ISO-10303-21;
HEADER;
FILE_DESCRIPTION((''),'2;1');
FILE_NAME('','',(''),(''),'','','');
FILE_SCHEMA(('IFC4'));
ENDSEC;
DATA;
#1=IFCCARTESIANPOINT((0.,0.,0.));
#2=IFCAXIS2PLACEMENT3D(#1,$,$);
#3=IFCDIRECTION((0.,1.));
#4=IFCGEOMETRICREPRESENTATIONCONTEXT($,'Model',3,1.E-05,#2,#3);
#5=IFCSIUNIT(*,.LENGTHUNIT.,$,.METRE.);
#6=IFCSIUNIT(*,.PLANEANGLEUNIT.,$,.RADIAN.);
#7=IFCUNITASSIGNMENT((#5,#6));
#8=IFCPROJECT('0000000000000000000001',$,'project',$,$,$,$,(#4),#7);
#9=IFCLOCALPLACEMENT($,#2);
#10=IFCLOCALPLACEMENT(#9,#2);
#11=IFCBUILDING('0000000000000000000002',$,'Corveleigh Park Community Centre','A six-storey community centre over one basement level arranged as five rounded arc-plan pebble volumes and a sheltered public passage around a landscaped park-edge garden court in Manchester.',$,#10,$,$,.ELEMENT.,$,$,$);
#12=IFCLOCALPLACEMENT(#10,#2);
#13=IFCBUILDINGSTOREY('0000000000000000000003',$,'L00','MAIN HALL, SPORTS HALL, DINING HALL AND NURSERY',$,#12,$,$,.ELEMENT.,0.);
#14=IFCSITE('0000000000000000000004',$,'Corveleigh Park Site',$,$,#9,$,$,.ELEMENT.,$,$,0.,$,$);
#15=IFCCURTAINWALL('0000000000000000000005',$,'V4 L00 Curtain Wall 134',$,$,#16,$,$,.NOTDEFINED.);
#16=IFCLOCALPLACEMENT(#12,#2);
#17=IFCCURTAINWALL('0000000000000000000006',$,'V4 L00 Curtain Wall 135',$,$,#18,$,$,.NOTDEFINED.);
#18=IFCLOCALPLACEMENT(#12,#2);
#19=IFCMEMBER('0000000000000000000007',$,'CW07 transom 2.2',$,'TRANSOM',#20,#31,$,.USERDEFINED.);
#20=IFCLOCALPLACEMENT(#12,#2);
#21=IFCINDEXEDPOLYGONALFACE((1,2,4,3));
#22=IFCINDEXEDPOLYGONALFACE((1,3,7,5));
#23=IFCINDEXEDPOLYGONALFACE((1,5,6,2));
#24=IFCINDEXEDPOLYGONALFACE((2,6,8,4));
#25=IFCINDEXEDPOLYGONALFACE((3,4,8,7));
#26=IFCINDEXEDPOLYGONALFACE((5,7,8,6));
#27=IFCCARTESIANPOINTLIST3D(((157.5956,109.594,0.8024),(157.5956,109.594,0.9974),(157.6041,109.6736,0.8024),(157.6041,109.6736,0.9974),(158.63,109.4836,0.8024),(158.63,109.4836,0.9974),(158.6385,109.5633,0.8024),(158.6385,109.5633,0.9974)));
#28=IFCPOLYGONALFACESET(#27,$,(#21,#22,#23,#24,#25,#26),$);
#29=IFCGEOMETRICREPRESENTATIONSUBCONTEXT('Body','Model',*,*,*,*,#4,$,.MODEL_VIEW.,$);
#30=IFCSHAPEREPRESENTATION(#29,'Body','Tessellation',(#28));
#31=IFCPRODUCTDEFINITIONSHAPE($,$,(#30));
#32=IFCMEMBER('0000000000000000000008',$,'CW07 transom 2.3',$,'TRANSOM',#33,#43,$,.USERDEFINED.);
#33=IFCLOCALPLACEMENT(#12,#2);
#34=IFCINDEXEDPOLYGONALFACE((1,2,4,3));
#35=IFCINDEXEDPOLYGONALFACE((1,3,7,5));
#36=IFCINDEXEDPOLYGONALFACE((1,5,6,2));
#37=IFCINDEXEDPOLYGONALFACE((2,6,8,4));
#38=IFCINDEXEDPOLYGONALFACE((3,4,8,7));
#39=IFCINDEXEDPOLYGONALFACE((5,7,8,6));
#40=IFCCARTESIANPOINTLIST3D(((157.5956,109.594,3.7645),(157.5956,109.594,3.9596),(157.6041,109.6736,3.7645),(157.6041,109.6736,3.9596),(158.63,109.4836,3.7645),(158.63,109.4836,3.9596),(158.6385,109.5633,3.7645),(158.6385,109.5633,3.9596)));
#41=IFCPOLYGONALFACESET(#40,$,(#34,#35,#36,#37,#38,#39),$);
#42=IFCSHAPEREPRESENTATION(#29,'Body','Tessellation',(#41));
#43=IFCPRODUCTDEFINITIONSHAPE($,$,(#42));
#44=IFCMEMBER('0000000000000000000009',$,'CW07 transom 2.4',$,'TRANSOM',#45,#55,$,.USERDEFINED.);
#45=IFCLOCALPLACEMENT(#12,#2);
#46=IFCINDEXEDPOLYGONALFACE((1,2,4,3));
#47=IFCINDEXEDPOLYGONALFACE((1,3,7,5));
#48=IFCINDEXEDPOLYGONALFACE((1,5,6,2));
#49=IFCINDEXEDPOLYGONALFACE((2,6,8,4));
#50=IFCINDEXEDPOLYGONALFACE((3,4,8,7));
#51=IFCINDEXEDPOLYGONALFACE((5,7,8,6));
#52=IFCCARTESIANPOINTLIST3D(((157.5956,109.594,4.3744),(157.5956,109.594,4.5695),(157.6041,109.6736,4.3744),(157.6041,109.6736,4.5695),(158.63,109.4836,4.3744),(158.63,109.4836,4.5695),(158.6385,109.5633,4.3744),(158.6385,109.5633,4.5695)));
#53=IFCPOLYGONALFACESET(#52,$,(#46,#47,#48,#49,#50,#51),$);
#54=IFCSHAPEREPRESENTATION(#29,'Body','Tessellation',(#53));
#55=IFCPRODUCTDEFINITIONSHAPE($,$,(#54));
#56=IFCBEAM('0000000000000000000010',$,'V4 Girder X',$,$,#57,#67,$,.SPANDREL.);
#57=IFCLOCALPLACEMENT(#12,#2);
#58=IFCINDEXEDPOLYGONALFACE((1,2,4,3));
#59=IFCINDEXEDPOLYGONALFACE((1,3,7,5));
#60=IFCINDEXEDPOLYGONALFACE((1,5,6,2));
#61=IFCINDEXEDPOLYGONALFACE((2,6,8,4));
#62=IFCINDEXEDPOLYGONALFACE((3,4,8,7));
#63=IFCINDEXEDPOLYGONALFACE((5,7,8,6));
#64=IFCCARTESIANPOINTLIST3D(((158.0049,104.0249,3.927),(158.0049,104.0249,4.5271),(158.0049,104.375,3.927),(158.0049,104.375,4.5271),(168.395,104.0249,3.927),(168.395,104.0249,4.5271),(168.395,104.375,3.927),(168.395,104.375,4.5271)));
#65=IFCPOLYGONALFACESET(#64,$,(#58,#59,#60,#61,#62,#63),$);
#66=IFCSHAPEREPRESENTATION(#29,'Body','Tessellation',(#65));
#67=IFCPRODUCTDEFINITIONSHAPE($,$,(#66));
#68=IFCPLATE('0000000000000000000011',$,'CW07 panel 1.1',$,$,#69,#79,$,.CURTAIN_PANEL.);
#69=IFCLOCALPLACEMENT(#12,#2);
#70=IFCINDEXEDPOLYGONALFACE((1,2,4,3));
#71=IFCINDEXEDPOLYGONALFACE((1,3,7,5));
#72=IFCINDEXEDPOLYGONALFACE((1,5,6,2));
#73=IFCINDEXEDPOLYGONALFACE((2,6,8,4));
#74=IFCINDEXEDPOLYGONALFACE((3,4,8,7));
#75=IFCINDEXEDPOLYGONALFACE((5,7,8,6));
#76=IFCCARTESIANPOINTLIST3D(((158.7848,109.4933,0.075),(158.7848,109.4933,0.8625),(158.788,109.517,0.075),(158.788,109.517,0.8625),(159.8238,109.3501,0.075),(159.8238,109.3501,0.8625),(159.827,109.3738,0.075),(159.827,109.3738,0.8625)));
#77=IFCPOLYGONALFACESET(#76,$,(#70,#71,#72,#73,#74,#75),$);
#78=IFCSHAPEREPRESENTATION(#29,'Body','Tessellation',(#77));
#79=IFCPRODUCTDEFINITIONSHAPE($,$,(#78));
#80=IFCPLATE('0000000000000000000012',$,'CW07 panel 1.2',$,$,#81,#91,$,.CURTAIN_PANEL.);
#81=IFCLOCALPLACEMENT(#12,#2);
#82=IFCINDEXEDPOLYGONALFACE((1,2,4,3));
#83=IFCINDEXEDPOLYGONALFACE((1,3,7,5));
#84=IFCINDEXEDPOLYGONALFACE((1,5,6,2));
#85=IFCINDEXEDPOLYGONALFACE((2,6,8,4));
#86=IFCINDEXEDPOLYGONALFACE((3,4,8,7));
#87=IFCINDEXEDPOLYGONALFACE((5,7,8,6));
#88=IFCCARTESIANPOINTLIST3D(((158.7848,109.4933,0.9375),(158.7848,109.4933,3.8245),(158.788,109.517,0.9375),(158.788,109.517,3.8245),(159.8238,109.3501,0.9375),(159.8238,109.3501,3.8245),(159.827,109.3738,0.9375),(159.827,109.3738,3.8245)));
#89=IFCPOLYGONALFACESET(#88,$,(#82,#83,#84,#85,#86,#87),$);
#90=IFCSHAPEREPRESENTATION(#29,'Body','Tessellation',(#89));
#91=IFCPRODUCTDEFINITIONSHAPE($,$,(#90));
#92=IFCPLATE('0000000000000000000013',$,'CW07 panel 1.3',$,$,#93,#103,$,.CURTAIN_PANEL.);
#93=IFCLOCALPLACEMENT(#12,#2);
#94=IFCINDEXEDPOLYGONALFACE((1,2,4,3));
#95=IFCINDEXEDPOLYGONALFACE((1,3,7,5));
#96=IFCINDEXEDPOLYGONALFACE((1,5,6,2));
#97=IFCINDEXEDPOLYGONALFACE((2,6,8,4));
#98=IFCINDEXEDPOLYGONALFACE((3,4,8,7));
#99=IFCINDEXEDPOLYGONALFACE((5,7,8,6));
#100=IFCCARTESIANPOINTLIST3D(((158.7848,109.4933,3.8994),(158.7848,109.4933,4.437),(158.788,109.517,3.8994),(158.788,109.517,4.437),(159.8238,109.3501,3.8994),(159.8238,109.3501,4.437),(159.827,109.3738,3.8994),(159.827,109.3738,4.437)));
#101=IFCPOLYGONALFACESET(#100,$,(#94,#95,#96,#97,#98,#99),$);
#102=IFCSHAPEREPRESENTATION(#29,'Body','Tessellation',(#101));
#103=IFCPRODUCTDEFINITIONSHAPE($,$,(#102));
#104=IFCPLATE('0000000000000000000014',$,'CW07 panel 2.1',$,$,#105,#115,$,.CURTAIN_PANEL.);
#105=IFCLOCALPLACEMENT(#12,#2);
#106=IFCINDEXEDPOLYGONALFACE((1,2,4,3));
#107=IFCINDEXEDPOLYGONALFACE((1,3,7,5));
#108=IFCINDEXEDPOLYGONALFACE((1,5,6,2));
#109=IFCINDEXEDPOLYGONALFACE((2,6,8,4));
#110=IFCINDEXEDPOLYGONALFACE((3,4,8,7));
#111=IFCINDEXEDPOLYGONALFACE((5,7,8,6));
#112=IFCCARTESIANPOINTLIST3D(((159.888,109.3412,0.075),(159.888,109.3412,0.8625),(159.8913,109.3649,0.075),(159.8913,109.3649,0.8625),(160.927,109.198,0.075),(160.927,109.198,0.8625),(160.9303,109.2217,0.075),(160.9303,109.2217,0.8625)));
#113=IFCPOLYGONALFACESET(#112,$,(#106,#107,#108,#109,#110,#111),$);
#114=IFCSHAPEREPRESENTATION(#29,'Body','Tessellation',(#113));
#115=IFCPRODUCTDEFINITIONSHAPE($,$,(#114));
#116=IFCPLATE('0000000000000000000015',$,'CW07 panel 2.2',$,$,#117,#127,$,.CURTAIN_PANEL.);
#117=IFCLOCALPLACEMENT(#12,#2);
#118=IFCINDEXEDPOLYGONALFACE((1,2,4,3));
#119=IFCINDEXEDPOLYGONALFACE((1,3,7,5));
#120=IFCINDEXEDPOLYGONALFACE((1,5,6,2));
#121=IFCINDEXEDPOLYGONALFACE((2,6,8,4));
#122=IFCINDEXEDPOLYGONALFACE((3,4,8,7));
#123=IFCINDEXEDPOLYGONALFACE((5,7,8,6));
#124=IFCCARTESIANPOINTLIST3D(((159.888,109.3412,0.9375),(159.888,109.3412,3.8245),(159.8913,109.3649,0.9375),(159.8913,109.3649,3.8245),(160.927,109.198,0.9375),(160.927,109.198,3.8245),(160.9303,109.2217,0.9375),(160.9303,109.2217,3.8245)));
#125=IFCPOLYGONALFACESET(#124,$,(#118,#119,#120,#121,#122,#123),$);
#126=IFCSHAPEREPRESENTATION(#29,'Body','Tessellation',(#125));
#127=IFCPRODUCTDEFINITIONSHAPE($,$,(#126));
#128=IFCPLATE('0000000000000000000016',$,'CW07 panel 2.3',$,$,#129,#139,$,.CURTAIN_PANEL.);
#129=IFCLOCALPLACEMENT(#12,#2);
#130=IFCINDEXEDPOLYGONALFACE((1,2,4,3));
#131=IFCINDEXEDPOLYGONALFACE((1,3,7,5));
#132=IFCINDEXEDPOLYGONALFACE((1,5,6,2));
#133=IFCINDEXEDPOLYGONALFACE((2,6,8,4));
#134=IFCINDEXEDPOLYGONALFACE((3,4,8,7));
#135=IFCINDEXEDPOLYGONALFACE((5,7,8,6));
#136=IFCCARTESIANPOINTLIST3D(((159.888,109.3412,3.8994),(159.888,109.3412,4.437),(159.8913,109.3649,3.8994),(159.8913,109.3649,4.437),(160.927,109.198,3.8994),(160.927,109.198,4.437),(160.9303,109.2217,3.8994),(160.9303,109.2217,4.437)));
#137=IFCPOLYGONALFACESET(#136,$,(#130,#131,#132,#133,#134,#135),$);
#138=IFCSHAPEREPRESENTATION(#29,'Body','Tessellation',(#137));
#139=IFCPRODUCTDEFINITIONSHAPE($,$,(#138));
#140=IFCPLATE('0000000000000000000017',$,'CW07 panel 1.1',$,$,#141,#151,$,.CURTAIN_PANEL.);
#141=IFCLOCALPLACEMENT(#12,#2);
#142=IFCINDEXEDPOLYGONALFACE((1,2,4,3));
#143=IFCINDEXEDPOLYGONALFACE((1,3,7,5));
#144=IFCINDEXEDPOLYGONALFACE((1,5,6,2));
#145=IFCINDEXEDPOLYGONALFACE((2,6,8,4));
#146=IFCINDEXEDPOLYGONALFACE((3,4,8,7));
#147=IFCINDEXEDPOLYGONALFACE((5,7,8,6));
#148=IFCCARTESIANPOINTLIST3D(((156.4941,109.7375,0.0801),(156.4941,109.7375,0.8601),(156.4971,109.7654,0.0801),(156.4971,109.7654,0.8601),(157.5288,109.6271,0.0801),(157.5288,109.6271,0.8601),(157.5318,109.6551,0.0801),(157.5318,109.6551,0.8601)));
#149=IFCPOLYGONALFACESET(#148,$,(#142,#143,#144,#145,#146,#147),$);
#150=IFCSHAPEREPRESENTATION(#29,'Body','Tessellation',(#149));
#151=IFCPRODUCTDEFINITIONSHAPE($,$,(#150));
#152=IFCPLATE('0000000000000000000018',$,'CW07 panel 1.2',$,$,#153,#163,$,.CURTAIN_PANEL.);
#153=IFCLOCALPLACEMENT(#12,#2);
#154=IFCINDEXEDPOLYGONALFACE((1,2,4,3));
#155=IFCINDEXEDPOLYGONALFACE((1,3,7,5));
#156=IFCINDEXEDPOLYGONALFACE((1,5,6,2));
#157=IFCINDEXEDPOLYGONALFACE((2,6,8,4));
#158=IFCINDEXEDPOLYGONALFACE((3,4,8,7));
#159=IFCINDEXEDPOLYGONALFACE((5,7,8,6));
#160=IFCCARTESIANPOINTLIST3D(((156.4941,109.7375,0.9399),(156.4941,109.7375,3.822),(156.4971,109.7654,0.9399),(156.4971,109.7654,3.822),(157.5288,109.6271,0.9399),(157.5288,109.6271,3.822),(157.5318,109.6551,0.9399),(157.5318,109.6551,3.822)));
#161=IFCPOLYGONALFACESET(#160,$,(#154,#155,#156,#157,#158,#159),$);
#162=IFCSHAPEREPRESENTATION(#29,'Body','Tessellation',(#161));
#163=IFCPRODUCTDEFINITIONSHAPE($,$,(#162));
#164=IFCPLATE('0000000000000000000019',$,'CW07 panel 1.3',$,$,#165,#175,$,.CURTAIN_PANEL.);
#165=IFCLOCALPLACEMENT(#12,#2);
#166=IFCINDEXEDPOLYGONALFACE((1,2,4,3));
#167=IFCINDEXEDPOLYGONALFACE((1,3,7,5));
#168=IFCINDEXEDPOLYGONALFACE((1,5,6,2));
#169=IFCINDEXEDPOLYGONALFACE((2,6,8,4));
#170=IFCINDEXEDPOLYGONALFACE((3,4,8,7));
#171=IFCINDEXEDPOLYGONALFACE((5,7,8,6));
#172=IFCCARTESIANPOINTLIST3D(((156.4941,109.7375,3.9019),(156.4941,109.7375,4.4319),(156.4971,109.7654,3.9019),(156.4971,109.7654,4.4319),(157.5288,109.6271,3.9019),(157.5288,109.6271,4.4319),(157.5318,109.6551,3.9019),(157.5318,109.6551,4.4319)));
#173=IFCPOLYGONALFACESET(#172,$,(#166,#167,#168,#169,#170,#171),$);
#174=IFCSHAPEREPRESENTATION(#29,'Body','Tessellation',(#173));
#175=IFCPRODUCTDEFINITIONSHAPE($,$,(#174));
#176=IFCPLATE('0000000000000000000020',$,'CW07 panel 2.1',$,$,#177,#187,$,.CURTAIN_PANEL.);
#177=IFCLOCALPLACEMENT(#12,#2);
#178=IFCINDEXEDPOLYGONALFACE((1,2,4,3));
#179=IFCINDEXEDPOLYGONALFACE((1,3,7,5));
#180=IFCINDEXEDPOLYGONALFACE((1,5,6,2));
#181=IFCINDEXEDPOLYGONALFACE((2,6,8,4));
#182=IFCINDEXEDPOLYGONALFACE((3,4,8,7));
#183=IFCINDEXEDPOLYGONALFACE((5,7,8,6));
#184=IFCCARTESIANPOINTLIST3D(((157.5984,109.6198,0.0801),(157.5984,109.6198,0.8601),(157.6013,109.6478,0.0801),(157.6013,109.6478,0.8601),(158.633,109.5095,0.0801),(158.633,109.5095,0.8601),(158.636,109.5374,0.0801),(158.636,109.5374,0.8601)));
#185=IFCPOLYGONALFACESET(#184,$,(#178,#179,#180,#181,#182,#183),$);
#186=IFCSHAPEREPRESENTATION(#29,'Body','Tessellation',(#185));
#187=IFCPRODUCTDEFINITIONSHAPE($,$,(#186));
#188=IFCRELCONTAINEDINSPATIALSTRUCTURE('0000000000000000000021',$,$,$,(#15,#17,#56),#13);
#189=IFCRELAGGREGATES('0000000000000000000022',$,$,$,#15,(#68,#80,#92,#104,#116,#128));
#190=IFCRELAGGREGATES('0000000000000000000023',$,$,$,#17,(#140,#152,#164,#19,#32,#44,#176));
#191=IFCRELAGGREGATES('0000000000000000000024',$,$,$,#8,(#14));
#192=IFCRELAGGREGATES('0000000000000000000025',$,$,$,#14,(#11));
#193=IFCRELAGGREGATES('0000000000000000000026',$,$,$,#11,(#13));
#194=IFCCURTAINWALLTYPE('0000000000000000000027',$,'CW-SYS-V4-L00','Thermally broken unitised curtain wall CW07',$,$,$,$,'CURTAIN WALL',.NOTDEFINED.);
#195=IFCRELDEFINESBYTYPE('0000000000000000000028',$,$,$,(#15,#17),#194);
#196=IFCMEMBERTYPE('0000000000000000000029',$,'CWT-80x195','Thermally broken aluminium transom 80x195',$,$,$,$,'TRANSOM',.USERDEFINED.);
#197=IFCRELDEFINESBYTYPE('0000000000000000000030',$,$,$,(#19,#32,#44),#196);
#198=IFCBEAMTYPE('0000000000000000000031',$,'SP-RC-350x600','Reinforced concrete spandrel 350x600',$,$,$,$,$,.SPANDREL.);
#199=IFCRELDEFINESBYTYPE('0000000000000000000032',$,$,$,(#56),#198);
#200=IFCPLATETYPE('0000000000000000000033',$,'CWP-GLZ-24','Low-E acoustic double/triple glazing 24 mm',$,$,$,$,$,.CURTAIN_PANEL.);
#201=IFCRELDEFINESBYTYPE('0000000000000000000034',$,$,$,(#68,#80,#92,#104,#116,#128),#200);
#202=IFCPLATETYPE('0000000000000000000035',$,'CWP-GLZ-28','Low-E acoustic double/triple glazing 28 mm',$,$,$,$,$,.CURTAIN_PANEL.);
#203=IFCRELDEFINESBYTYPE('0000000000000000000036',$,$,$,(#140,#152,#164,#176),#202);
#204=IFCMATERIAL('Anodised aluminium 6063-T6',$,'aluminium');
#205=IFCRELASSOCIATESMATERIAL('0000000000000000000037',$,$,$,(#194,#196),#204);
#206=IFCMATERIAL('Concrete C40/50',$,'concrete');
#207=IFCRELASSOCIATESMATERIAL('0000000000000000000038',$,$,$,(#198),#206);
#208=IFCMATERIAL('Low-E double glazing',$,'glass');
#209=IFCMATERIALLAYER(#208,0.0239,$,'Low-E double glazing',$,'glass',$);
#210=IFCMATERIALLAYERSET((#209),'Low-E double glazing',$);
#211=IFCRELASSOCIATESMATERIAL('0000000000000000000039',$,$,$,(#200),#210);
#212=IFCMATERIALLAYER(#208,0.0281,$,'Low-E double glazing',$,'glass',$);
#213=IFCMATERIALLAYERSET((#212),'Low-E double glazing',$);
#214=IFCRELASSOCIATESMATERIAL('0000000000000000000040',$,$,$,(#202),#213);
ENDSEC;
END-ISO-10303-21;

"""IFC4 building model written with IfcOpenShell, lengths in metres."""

from ifc_helpers import new_model, si_unit, direction, frame, origin, origin_2d, place, context, subcontext, project, spatial, rectangle, extrude, material, layer, layer_set, material_profile, profile_set, type_object, element, aggregate, save


model = new_model("IFC4")

# Units and contexts
model_context = context("Model", 3, precision=1e-05, world=origin(), true_north=direction((0.0, 1.0)))
body_context = subcontext(model_context, "Body", "Model", "MODEL_VIEW")
ifc_project = project(units=[si_unit("LENGTHUNIT", "METRE"), si_unit("PLANEANGLEUNIT", "RADIAN")], contexts=[model_context])

# Site, building, storey
site_placement = place(None, origin())
site = spatial("IfcSite", under=ifc_project, at=site_placement, Name="Corveleigh Park Site", CompositionType="ELEMENT", RefElevation=0.0)
building_placement = place(site_placement, origin())
building = spatial("IfcBuilding", under=site, at=building_placement, Name="Corveleigh Park Community Centre", Description="A six-storey community centre over one basement level arranged as five rounded arc-plan pebble volumes and a sheltered public passage around a landscaped park-edge garden court in Manchester.", CompositionType="ELEMENT")
storey_placement = place(building_placement, origin())
storey = spatial("IfcBuildingStorey", under=building, at=storey_placement, Name="L00", Description="MAIN HALL, SPORTS HALL, DINING HALL AND NURSERY", CompositionType="ELEMENT", Elevation=0.0)

# Shared definitions
ifc_material_1 = material(Name="Concrete C40/50", Category="concrete")

# Curtain walls
ifc_material_2 = material(Name="Anodised aluminium 6063-T6", Category="aluminium")
curtain_wall_type = type_object("IfcCurtainWallType", Name="CW-SYS-V4-L00", Description="Thermally broken unitised curtain wall CW07", ElementType="CURTAIN WALL", PredefinedType="NOTDEFINED", material=ifc_material_2)
curtain_wall_1_placement = place(storey_placement, origin())
curtain_wall_1 = element("IfcCurtainWall", 1, at=curtain_wall_1_placement, inside=storey, type_object=curtain_wall_type, Name="V4 L00 Curtain Wall 134", PredefinedType="NOTDEFINED")
curtain_wall_2_placement = place(storey_placement, origin())
curtain_wall_2 = element("IfcCurtainWall", 2, at=curtain_wall_2_placement, inside=storey, type_object=curtain_wall_type, Name="V4 L00 Curtain Wall 135", PredefinedType="NOTDEFINED")

# Members
ifc_material_profile_1 = material_profile(ifc_material_2, rectangle(XDim=0.0801, YDim=0.1951, at=origin_2d()), Name="ALU-T80x195", Category="aluminium")
ifc_profile_set_1 = profile_set([ifc_material_profile_1], Name="Anodised aluminium 6063-T6")
member_type_1 = type_object("IfcMemberType", Name="CWT-80x195", Description="Thermally broken aluminium transom 80x195", ElementType="TRANSOM", PredefinedType="USERDEFINED", material=ifc_profile_set_1)
member_1_placement = place(storey_placement, frame((157.5999, 109.6338, 0.8999), z_axis=(0.994358, -0.106077, 0.0), x_axis=(0.106077, 0.994358, 0.0)))
member_1 = element("IfcMember", 3, at=member_1_placement, type_object=member_type_1, Name="CW07 transom 2.2", ObjectType="TRANSOM", PredefinedType="USERDEFINED", context=body_context, shape_type="SweptSolid", body=[
    extrude(rectangle(XDim=0.0801, YDim=0.1951, at=origin_2d()), origin(), (0.0, 0.0, 1.0), 1.0403),
])
member_2_placement = place(storey_placement, frame((157.5999, 109.6338, 3.8621), z_axis=(0.994358, -0.106077, 0.0), x_axis=(0.106077, 0.994358, 0.0)))
member_2 = element("IfcMember", 4, at=member_2_placement, type_object=member_type_1, Name="CW07 transom 2.3", ObjectType="TRANSOM", PredefinedType="USERDEFINED", context=body_context, shape_type="SweptSolid", body=[
    extrude(rectangle(XDim=0.0801, YDim=0.1951, at=origin_2d()), origin(), (0.0, 0.0, 1.0), 1.0403),
])
member_3_placement = place(storey_placement, frame((157.5999, 109.6338, 4.4719), z_axis=(0.994358, -0.106077, 0.0), x_axis=(0.106077, 0.994358, 0.0)))
member_3 = element("IfcMember", 5, at=member_3_placement, type_object=member_type_1, Name="CW07 transom 2.4", ObjectType="TRANSOM", PredefinedType="USERDEFINED", context=body_context, shape_type="SweptSolid", body=[
    extrude(rectangle(XDim=0.0801, YDim=0.1951, at=origin_2d()), origin(), (0.0, 0.0, 1.0), 1.0403),
])

# Beam
ifc_material_profile_2 = material_profile(ifc_material_1, rectangle(XDim=0.3501, YDim=0.6001, at=origin_2d()), Name="RC-350x600", Category="concrete")
ifc_profile_set_2 = profile_set([ifc_material_profile_2], Name="Concrete C40/50")
beam_type = type_object("IfcBeamType", Name="SP-RC-350x600", Description="Reinforced concrete spandrel 350x600", PredefinedType="SPANDREL", material=ifc_profile_set_2)
beam_placement = place(storey_placement, frame((158.0049, 104.2, 4.2271), z_axis=(1.0, 0.0, 0.0), x_axis=(0.0, 1.0, 0.0)))
element("IfcBeam", 6, at=beam_placement, inside=storey, type_object=beam_type, Name="V4 Girder X", PredefinedType="SPANDREL", context=body_context, shape_type="SweptSolid", body=[
    extrude(rectangle(XDim=0.3501, YDim=0.6001, at=origin_2d()), origin(), (0.0, 0.0, 1.0), 10.3901),
])

# Plates
ifc_material_3 = material(Name="Low-E double glazing", Category="glass")
ifc_layer_1 = layer(ifc_material_3, 0.0239, Name="Low-E double glazing", Category="glass")
ifc_layer_set_1 = layer_set([ifc_layer_1], Name="Low-E double glazing")
plate_type_1 = type_object("IfcPlateType", Name="CWP-GLZ-24", Description="Low-E acoustic double/triple glazing 24 mm", PredefinedType="CURTAIN_PANEL", material=ifc_layer_set_1)
plate_1_placement = place(storey_placement, frame((159.3059, 109.4336, 0.075), z_axis=(0.0, 0.0, 1.0), x_axis=(0.990635, -0.136534, 0.0)))
plate_1 = element("IfcPlate", 7, at=plate_1_placement, type_object=plate_type_1, Name="CW07 panel 1.1", PredefinedType="CURTAIN_PANEL", context=body_context, shape_type="SweptSolid", body=[
    extrude(rectangle(XDim=1.0488, YDim=0.0239, at=origin_2d()), origin(), (0.0, 0.0, 1.0), 0.7876),
])
plate_2_placement = place(storey_placement, frame((159.3059, 109.4336, 0.9375), z_axis=(0.0, 0.0, 1.0), x_axis=(0.990635, -0.136534, 0.0)))
plate_2 = element("IfcPlate", 8, at=plate_2_placement, type_object=plate_type_1, Name="CW07 panel 1.2", PredefinedType="CURTAIN_PANEL", context=body_context, shape_type="SweptSolid", body=[
    extrude(rectangle(XDim=1.0488, YDim=0.0239, at=origin_2d()), origin(), (0.0, 0.0, 1.0), 2.887),
])
plate_3_placement = place(storey_placement, frame((159.3059, 109.4336, 3.8994), z_axis=(0.0, 0.0, 1.0), x_axis=(0.990635, -0.136534, 0.0)))
plate_3 = element("IfcPlate", 9, at=plate_3_placement, type_object=plate_type_1, Name="CW07 panel 1.3", PredefinedType="CURTAIN_PANEL", context=body_context, shape_type="SweptSolid", body=[
    extrude(rectangle(XDim=1.0488, YDim=0.0239, at=origin_2d()), origin(), (0.0, 0.0, 1.0), 0.5376),
])
plate_4_placement = place(storey_placement, frame((160.4092, 109.2815, 0.075), z_axis=(0.0, 0.0, 1.0), x_axis=(0.990635, -0.136534, 0.0)))
plate_4 = element("IfcPlate", 10, at=plate_4_placement, type_object=plate_type_1, Name="CW07 panel 2.1", PredefinedType="CURTAIN_PANEL", context=body_context, shape_type="SweptSolid", body=[
    extrude(rectangle(XDim=1.0488, YDim=0.0239, at=origin_2d()), origin(), (0.0, 0.0, 1.0), 0.7876),
])
plate_5_placement = place(storey_placement, frame((160.4092, 109.2815, 0.9375), z_axis=(0.0, 0.0, 1.0), x_axis=(0.990635, -0.136534, 0.0)))
plate_5 = element("IfcPlate", 11, at=plate_5_placement, type_object=plate_type_1, Name="CW07 panel 2.2", PredefinedType="CURTAIN_PANEL", context=body_context, shape_type="SweptSolid", body=[
    extrude(rectangle(XDim=1.0488, YDim=0.0239, at=origin_2d()), origin(), (0.0, 0.0, 1.0), 2.887),
])
plate_6_placement = place(storey_placement, frame((160.4092, 109.2815, 3.8994), z_axis=(0.0, 0.0, 1.0), x_axis=(0.990635, -0.136534, 0.0)))
plate_6 = element("IfcPlate", 12, at=plate_6_placement, type_object=plate_type_1, Name="CW07 panel 2.3", PredefinedType="CURTAIN_PANEL", context=body_context, shape_type="SweptSolid", body=[
    extrude(rectangle(XDim=1.0488, YDim=0.0239, at=origin_2d()), origin(), (0.0, 0.0, 1.0), 0.5376),
])
aggregate(curtain_wall_1, [plate_1, plate_2, plate_3, plate_4, plate_5, plate_6])
ifc_layer_2 = layer(ifc_material_3, 0.0281, Name="Low-E double glazing", Category="glass")
ifc_layer_set_2 = layer_set([ifc_layer_2], Name="Low-E double glazing")
plate_type_2 = type_object("IfcPlateType", Name="CWP-GLZ-28", Description="Low-E acoustic double/triple glazing 28 mm", PredefinedType="CURTAIN_PANEL", material=ifc_layer_set_2)
plate_7_placement = place(storey_placement, frame((157.0129, 109.6963, 0.0801), z_axis=(0.0, 0.0, 1.0), x_axis=(0.994359, -0.106071, 0.0)))
plate_7 = element("IfcPlate", 13, at=plate_7_placement, type_object=plate_type_2, Name="CW07 panel 1.1", PredefinedType="CURTAIN_PANEL", context=body_context, shape_type="SweptSolid", body=[
    extrude(rectangle(XDim=1.0405, YDim=0.0281, at=origin_2d()), origin(), (0.0, 0.0, 1.0), 0.78),
])
plate_8_placement = place(storey_placement, frame((157.0129, 109.6963, 0.9399), z_axis=(0.0, 0.0, 1.0), x_axis=(0.994359, -0.106071, 0.0)))
plate_8 = element("IfcPlate", 14, at=plate_8_placement, type_object=plate_type_2, Name="CW07 panel 1.2", PredefinedType="CURTAIN_PANEL", context=body_context, shape_type="SweptSolid", body=[
    extrude(rectangle(XDim=1.0405, YDim=0.0281, at=origin_2d()), origin(), (0.0, 0.0, 1.0), 2.8821),
])
plate_9_placement = place(storey_placement, frame((157.0129, 109.6963, 3.9019), z_axis=(0.0, 0.0, 1.0), x_axis=(0.994359, -0.106071, 0.0)))
plate_9 = element("IfcPlate", 15, at=plate_9_placement, type_object=plate_type_2, Name="CW07 panel 1.3", PredefinedType="CURTAIN_PANEL", context=body_context, shape_type="SweptSolid", body=[
    extrude(rectangle(XDim=1.0405, YDim=0.0281, at=origin_2d()), origin(), (0.0, 0.0, 1.0), 0.53),
])
plate_10_placement = place(storey_placement, frame((158.1172, 109.5786, 0.0801), z_axis=(0.0, 0.0, 1.0), x_axis=(0.994359, -0.106071, 0.0)))
plate_10 = element("IfcPlate", 16, at=plate_10_placement, type_object=plate_type_2, Name="CW07 panel 2.1", PredefinedType="CURTAIN_PANEL", context=body_context, shape_type="SweptSolid", body=[
    extrude(rectangle(XDim=1.0405, YDim=0.0281, at=origin_2d()), origin(), (0.0, 0.0, 1.0), 0.78),
])
aggregate(curtain_wall_2, [plate_7, plate_8, plate_9, member_1, member_2, member_3, plate_10])

save(model, "model.ifc")
